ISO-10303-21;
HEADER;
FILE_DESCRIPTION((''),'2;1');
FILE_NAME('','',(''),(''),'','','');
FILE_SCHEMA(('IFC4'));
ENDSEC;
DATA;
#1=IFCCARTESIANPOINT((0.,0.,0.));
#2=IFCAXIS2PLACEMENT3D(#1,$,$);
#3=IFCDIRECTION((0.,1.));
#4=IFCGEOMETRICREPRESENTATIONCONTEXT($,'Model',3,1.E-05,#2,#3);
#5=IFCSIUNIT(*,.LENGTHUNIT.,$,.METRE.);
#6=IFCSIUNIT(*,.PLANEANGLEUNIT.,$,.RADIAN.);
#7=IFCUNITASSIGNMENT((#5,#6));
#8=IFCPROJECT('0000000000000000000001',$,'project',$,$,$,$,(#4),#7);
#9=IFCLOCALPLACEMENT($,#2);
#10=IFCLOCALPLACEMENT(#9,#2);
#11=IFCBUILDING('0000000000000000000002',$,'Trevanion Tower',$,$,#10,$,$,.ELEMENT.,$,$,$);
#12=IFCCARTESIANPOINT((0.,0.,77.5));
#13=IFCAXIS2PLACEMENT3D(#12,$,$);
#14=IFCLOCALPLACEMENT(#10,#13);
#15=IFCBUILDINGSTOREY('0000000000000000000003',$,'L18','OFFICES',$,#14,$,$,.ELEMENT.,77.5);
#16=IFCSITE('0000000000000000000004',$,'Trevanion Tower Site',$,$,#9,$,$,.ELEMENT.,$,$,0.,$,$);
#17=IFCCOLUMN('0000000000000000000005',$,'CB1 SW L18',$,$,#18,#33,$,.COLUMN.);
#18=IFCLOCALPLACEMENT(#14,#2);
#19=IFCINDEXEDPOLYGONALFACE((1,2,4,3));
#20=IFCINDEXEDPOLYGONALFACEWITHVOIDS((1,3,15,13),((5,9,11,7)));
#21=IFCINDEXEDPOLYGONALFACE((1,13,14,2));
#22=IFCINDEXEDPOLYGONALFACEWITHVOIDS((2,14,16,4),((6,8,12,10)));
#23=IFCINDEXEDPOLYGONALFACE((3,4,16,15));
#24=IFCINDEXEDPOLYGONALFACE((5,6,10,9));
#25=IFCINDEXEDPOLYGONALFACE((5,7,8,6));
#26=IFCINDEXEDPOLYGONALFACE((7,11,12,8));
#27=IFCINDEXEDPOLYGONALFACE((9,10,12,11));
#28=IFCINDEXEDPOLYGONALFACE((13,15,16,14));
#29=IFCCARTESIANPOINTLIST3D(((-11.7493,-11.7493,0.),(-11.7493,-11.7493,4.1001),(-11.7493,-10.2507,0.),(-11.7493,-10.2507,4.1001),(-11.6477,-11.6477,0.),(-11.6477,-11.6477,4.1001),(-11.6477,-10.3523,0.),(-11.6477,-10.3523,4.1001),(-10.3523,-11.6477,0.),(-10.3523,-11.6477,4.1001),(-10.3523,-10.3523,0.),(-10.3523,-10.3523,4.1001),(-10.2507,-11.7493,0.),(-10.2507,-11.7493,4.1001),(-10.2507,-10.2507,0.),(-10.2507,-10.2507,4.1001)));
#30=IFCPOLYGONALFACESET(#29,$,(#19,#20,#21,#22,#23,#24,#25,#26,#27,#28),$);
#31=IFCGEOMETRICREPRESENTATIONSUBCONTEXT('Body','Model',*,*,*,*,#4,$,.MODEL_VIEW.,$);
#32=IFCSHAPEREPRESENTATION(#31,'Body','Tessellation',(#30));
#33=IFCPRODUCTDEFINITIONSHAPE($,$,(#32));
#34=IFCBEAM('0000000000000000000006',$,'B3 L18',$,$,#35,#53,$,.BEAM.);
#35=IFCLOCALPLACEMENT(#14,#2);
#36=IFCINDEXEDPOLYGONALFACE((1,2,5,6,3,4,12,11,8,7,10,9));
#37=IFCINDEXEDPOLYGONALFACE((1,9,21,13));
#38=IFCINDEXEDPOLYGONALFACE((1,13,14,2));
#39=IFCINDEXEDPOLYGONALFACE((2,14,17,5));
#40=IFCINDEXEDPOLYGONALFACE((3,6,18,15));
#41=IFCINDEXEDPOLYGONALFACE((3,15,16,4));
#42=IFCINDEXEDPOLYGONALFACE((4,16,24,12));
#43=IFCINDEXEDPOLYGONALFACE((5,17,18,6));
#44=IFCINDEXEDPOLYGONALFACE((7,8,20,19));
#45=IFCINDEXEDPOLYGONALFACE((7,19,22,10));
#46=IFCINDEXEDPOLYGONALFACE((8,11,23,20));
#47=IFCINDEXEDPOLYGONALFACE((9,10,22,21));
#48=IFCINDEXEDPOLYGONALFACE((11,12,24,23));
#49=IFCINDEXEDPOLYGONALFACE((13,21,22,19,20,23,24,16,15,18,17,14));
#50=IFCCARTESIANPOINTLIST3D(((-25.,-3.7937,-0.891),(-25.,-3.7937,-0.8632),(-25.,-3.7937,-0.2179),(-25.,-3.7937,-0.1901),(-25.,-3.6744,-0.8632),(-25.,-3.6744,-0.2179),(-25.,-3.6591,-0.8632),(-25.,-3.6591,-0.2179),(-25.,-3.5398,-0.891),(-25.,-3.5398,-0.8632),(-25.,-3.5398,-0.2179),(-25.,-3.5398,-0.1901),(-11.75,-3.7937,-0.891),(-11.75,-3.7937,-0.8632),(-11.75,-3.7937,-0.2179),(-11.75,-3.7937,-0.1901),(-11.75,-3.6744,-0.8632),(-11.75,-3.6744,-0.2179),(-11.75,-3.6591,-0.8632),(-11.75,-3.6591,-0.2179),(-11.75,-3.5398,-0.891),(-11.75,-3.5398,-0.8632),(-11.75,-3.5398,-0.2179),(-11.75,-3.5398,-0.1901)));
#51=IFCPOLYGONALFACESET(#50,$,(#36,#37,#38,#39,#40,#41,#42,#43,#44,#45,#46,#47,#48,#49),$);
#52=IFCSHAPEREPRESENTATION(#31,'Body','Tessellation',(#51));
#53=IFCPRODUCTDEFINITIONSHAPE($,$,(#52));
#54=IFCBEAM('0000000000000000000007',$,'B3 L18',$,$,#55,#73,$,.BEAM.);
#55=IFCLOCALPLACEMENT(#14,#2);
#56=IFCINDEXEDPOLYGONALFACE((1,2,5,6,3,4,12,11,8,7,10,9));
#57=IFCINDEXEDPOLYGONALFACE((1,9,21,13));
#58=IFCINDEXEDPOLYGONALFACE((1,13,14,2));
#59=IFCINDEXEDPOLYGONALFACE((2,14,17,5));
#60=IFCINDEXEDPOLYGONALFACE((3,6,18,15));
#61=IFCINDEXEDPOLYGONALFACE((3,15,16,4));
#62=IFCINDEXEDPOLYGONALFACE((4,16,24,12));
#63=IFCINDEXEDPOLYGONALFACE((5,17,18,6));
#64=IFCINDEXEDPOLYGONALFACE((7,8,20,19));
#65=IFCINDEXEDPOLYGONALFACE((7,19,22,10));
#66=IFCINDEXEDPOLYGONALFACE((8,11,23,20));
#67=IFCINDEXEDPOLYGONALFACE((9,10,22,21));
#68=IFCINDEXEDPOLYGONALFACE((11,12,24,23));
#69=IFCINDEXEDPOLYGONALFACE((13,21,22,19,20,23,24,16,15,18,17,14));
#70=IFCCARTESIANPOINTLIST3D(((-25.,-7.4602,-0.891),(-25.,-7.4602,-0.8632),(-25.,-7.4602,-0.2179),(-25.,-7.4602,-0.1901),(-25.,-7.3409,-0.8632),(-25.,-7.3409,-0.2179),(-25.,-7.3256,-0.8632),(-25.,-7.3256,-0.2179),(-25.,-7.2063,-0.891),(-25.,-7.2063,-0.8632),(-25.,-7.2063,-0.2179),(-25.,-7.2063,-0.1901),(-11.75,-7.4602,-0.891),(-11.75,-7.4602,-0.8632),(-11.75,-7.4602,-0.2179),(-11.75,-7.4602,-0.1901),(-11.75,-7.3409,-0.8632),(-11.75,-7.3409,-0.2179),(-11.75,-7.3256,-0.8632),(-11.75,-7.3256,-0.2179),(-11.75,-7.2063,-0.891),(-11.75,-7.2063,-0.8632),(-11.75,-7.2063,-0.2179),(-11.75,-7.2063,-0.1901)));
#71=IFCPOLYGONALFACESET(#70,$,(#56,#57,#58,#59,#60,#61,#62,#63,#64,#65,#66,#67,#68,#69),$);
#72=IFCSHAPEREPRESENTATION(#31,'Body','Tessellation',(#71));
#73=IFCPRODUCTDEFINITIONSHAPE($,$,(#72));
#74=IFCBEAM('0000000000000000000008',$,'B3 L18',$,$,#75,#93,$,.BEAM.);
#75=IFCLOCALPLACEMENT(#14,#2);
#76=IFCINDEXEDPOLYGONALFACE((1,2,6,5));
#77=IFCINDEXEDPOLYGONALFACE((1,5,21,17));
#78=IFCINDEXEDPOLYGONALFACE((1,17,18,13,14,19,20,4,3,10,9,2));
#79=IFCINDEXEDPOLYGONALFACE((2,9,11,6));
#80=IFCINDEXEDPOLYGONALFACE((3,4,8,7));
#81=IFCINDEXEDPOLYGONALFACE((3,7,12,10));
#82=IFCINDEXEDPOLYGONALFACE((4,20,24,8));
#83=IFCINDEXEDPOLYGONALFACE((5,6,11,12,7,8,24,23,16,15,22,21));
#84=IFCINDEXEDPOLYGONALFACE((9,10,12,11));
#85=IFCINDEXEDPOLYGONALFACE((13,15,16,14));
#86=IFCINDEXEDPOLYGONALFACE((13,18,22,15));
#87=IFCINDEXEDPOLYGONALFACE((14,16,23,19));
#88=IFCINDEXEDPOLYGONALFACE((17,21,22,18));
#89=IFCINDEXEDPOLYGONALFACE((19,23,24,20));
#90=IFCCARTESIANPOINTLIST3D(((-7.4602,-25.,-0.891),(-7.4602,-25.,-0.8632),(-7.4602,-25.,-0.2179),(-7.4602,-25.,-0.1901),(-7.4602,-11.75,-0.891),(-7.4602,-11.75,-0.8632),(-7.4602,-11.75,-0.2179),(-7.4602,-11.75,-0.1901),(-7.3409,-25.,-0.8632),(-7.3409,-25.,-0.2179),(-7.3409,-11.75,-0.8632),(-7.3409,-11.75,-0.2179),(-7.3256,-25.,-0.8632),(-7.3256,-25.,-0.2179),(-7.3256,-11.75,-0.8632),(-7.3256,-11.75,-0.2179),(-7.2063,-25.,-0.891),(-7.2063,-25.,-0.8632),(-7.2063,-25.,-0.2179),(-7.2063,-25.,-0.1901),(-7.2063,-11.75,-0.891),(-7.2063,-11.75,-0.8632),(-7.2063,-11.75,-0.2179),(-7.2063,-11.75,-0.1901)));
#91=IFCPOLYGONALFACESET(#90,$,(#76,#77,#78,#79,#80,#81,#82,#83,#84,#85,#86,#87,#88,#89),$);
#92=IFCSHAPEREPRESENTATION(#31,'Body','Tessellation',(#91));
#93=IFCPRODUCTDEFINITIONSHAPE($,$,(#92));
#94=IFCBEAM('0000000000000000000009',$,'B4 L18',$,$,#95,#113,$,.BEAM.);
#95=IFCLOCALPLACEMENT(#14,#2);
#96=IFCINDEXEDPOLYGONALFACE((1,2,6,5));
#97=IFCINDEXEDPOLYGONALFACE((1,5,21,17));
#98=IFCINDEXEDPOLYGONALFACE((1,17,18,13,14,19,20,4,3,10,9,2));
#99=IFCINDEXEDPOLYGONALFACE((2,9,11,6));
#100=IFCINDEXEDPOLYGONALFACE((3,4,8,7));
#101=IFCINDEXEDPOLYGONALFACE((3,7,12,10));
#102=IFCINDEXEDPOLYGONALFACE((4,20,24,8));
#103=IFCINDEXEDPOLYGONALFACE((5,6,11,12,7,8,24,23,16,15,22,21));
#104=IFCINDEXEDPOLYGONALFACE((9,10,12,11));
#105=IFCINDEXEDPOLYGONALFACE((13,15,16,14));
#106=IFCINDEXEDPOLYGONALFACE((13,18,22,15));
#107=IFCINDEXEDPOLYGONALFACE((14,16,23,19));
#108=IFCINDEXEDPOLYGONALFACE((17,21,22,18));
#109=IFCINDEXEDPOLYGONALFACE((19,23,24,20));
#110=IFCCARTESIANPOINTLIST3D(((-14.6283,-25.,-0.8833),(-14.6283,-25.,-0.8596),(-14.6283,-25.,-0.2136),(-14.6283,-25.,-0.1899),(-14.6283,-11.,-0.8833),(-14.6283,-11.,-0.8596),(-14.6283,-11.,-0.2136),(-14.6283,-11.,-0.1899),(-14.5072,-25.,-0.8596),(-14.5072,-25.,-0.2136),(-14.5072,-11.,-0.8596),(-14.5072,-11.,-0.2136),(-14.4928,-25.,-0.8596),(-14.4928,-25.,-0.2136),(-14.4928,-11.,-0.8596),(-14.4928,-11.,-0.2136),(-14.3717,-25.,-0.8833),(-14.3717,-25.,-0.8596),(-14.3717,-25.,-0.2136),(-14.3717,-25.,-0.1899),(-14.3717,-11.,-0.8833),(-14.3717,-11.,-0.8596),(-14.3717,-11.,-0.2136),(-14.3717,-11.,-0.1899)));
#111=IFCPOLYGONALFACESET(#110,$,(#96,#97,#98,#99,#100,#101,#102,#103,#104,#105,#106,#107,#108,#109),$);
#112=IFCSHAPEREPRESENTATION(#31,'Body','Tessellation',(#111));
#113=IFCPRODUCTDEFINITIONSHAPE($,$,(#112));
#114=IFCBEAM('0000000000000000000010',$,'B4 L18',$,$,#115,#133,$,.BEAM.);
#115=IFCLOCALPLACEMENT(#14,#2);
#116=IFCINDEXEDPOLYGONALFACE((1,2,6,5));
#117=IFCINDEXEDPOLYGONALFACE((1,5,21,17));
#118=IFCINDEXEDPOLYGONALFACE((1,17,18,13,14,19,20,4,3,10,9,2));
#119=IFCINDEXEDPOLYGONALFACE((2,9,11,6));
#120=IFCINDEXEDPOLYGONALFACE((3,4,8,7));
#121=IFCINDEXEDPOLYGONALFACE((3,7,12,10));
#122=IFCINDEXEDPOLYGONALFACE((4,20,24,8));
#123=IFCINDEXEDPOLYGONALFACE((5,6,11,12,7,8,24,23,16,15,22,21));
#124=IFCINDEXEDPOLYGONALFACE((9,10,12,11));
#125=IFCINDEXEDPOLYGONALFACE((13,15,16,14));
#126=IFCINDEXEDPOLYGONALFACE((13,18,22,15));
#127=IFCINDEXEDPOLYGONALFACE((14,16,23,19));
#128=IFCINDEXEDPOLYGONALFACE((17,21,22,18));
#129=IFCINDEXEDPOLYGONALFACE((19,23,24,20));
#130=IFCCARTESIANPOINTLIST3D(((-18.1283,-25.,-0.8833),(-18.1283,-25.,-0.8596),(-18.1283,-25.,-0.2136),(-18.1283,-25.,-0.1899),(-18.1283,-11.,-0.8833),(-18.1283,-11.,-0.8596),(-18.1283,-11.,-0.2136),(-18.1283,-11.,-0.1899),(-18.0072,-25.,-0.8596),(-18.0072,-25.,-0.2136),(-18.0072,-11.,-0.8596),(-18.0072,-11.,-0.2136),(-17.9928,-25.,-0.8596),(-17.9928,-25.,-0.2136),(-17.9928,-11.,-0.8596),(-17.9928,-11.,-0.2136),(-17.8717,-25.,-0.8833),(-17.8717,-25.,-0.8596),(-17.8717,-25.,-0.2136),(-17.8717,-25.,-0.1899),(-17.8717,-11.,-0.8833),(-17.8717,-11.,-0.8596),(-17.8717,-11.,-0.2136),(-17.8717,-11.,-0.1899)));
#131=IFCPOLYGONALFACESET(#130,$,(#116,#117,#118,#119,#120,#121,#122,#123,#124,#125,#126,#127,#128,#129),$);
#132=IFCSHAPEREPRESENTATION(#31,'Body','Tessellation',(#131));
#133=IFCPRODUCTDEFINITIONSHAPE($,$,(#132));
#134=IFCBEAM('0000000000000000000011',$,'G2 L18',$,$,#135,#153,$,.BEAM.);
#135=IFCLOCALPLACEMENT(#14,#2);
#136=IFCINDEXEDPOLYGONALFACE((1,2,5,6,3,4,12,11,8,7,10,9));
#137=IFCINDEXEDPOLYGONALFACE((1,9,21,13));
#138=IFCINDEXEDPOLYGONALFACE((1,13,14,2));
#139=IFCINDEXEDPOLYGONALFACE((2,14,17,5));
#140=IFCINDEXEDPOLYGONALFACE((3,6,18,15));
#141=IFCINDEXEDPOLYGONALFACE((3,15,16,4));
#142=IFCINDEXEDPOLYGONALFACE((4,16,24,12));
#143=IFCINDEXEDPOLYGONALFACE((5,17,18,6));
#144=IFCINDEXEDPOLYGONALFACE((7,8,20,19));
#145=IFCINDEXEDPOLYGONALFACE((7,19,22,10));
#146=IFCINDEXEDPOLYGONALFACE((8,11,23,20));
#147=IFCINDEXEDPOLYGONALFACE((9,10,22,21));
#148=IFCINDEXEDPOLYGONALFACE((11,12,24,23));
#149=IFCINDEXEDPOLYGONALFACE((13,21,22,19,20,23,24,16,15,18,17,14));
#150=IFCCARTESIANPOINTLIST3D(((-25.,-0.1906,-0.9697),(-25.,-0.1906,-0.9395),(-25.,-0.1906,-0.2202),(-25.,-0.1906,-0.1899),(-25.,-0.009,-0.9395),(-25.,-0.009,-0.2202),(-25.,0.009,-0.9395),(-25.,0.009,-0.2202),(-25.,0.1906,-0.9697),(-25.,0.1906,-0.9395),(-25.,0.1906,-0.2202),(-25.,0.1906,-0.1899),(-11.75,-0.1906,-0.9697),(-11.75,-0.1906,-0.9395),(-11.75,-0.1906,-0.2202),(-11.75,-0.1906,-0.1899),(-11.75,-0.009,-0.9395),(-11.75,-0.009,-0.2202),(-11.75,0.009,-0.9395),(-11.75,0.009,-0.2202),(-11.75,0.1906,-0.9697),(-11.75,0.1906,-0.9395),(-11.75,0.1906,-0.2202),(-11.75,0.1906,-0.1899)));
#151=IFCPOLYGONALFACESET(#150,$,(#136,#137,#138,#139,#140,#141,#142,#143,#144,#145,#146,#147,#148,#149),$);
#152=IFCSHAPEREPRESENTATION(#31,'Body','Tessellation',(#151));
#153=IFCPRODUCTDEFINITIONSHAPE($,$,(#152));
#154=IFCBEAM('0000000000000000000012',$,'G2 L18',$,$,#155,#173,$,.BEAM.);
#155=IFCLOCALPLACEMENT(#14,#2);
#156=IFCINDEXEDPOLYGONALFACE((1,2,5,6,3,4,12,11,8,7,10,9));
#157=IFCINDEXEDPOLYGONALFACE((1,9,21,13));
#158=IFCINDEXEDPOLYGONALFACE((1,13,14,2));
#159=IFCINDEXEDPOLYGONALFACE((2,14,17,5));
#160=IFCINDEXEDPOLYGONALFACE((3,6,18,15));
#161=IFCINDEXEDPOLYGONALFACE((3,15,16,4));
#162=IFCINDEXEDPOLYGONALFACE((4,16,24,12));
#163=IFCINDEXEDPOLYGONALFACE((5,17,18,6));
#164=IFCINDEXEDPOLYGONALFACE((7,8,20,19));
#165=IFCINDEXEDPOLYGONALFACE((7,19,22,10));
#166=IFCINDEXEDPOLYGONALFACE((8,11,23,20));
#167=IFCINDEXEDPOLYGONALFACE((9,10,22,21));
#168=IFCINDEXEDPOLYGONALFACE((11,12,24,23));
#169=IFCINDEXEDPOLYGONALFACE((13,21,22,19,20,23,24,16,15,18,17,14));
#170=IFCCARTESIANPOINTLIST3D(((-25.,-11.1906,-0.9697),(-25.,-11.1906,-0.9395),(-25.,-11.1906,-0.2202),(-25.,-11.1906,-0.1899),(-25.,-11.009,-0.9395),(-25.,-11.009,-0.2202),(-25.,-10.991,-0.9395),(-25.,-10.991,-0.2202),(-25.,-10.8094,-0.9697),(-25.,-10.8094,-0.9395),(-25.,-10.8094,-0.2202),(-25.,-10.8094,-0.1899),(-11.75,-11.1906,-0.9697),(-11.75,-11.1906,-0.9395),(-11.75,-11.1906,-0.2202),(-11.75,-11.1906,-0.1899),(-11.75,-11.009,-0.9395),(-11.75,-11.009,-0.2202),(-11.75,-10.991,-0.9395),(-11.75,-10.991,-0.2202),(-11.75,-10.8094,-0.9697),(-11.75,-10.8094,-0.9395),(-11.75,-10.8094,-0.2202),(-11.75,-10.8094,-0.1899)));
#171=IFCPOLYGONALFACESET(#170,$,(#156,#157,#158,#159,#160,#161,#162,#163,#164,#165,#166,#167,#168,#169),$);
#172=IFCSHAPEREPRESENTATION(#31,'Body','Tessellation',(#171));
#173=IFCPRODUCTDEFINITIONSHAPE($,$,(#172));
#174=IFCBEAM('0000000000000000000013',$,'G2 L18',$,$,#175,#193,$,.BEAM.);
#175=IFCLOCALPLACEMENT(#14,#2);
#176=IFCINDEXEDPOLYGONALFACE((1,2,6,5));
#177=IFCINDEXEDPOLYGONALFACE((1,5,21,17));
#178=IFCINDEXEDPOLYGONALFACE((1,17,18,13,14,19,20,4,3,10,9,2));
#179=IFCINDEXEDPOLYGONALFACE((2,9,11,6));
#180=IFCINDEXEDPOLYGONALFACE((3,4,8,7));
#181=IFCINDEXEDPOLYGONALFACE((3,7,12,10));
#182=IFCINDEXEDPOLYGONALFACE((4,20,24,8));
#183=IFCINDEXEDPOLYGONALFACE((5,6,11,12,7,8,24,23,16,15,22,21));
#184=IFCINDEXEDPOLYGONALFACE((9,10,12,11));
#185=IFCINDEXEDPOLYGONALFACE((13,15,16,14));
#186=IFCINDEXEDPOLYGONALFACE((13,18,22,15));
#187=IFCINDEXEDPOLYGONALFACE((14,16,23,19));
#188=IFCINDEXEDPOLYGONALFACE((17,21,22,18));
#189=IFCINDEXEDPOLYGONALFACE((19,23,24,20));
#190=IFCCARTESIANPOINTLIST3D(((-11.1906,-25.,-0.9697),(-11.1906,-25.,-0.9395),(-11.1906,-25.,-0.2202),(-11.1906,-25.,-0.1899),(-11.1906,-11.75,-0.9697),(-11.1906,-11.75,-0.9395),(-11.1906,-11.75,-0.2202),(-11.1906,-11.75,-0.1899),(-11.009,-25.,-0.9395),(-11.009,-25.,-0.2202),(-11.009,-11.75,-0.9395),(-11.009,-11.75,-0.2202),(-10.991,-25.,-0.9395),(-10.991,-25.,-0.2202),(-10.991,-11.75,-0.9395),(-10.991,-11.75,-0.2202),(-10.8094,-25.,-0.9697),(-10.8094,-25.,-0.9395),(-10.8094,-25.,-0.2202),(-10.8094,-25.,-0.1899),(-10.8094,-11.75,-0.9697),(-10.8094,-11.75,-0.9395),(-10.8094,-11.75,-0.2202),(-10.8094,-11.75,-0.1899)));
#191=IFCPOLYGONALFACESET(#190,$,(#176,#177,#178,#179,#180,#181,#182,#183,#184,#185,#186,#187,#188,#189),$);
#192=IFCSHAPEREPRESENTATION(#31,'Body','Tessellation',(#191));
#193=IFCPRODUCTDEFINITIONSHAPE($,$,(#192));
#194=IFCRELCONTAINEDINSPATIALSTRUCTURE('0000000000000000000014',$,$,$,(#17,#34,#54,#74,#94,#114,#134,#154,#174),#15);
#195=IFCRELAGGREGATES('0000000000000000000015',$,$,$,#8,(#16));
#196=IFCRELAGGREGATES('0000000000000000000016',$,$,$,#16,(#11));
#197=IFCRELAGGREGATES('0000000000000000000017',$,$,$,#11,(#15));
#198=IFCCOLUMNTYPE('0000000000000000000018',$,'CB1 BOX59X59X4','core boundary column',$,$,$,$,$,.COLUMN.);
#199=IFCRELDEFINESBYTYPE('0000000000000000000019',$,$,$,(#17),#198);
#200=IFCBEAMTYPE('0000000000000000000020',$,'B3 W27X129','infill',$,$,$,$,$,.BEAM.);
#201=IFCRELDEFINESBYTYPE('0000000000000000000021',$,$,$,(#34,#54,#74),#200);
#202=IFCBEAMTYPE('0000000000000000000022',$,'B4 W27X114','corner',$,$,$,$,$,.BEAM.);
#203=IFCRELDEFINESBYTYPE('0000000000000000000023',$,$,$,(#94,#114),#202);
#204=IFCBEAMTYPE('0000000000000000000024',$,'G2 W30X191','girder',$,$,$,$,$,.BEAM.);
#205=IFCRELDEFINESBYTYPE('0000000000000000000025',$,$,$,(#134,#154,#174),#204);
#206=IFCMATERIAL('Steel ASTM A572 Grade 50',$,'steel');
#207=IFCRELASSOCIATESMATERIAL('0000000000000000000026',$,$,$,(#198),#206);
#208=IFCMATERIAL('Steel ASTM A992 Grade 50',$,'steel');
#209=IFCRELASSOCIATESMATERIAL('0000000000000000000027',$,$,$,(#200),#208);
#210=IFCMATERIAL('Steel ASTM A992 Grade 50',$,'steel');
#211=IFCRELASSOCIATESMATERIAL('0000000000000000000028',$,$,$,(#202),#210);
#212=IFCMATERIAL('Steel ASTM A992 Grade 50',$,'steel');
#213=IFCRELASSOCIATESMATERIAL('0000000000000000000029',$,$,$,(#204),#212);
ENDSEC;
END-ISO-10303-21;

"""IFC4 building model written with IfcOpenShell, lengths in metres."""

from ifc_helpers import new_model, si_unit, direction, frame, origin, origin_2d, place, context, subcontext, project, spatial, hollow_rectangle, i_section, extrude, material, material_profile, profile_set, type_object, element, save


model = new_model("IFC4")

# Units and contexts
model_context = context("Model", 3, precision=1e-05, world=origin(), true_north=direction((0.0, 1.0)))
body_context = subcontext(model_context, "Body", "Model", "MODEL_VIEW")
ifc_project = project(units=[si_unit("LENGTHUNIT", "METRE"), si_unit("PLANEANGLEUNIT", "RADIAN")], contexts=[model_context])

# Site, building, storey
site_placement = place(None, origin())
site = spatial("IfcSite", under=ifc_project, at=site_placement, Name="Trevanion Tower Site", CompositionType="ELEMENT", RefElevation=0.0)
building_placement = place(site_placement, origin())
building = spatial("IfcBuilding", under=site, at=building_placement, Name="Trevanion Tower", CompositionType="ELEMENT")
storey_placement = place(building_placement, frame((0.0, 0.0, 77.5)))
storey = spatial("IfcBuildingStorey", under=building, at=storey_placement, Name="L18", Description="OFFICES", CompositionType="ELEMENT", Elevation=77.5)

# Column
ifc_material_1 = material(Name="Steel ASTM A572 Grade 50", Category="steel")
ifc_material_profile_1 = material_profile(ifc_material_1, hollow_rectangle(XDim=1.4985, YDim=1.4985, WallThickness=0.1016, at=origin_2d()), Name="BOX59X59X4")
ifc_profile_set_1 = profile_set([ifc_material_profile_1], Name="Steel ASTM A572 Grade 50")
column_type = type_object("IfcColumnType", Name="CB1 BOX59X59X4", Description="core boundary column", PredefinedType="COLUMN", material=ifc_profile_set_1)
column_placement = place(storey_placement, frame((-11.0, -11.0, 0.0), z_axis=(0.0, 0.0, 1.0), x_axis=(1.0, 0.0, 0.0)))
element("IfcColumn", 1, at=column_placement, inside=storey, type_object=column_type, Name="CB1 SW L18", PredefinedType="COLUMN", context=body_context, shape_type="SweptSolid", body=[
    extrude(hollow_rectangle(XDim=1.4985, YDim=1.4985, WallThickness=0.1016, at=origin_2d()), origin(), (0.0, 0.0, 1.0), 4.1001),
])

# Beams
ifc_material_2 = material(Name="Steel ASTM A992 Grade 50", Category="steel")
ifc_material_profile_2 = material_profile(ifc_material_2, i_section(OverallWidth=0.2539, OverallDepth=0.7009, WebThickness=0.0154, FlangeThickness=0.0278, at=origin_2d()), Name="W27X129")
ifc_profile_set_2 = profile_set([ifc_material_profile_2], Name="Steel ASTM A992 Grade 50")
beam_type_1 = type_object("IfcBeamType", Name="B3 W27X129", Description="infill", PredefinedType="BEAM", material=ifc_profile_set_2)
for number, where, z_axis, x_axis, name in (
    (2, (-11.75, -3.6667, -0.5405), (-1.0, 0.0, 0.0), (0.0, -1.0, 0.0), "B3 L18"),
    (3, (-11.75, -7.3333, -0.5405), (-1.0, 0.0, 0.0), (0.0, -1.0, 0.0), "B3 L18"),
    (4, (-7.3333, -11.75, -0.5405), (0.0, -1.0, 0.0), (1.0, 0.0, 0.0), "B3 L18"),
):
    element("IfcBeam", number, at=place(storey_placement, frame(where, z_axis=z_axis, x_axis=x_axis)), inside=storey, type_object=beam_type_1, Name=name, PredefinedType="BEAM", context=body_context, shape_type="SweptSolid", body=[
        extrude(i_section(OverallWidth=0.2539, OverallDepth=0.7009, WebThickness=0.0154, FlangeThickness=0.0278, at=origin_2d()), origin(), (0.0, 0.0, 1.0), 13.25),
    ])
ifc_material_3 = material(Name="Steel ASTM A992 Grade 50", Category="steel")
ifc_material_profile_3 = material_profile(ifc_material_3, i_section(OverallWidth=0.2566, OverallDepth=0.6934, WebThickness=0.0144, FlangeThickness=0.0237, at=origin_2d()), Name="W27X114")
ifc_profile_set_3 = profile_set([ifc_material_profile_3], Name="Steel ASTM A992 Grade 50")
beam_type_2 = type_object("IfcBeamType", Name="B4 W27X114", Description="corner", PredefinedType="BEAM", material=ifc_profile_set_3)
for number, where, z_axis, x_axis, name in (
    (5, (-14.5, -11.0, -0.5366), (0.0, -1.0, 0.0), (1.0, 0.0, 0.0), "B4 L18"),
    (6, (-18.0, -11.0, -0.5366), (0.0, -1.0, 0.0), (1.0, 0.0, 0.0), "B4 L18"),
):
    element("IfcBeam", number, at=place(storey_placement, frame(where, z_axis=z_axis, x_axis=x_axis)), inside=storey, type_object=beam_type_2, Name=name, PredefinedType="BEAM", context=body_context, shape_type="SweptSolid", body=[
        extrude(i_section(OverallWidth=0.2566, OverallDepth=0.6934, WebThickness=0.0144, FlangeThickness=0.0237, at=origin_2d()), origin(), (0.0, 0.0, 1.0), 14.0),
    ])
ifc_material_4 = material(Name="Steel ASTM A992 Grade 50", Category="steel")
ifc_material_profile_4 = material_profile(ifc_material_4, i_section(OverallWidth=0.3811, OverallDepth=0.7798, WebThickness=0.0181, FlangeThickness=0.0303, at=origin_2d()), Name="W30X191")
ifc_profile_set_4 = profile_set([ifc_material_profile_4], Name="Steel ASTM A992 Grade 50")
beam_type_3 = type_object("IfcBeamType", Name="G2 W30X191", Description="girder", PredefinedType="BEAM", material=ifc_profile_set_4)
for number, where, z_axis, x_axis, name in (
    (7, (-11.75, 0.0, -0.5798), (-1.0, 0.0, 0.0), (0.0, -1.0, 0.0), "G2 L18"),
    (8, (-11.75, -11.0, -0.5798), (-1.0, 0.0, 0.0), (0.0, -1.0, 0.0), "G2 L18"),
    (9, (-11.0, -11.75, -0.5798), (0.0, -1.0, 0.0), (1.0, 0.0, 0.0), "G2 L18"),
):
    element("IfcBeam", number, at=place(storey_placement, frame(where, z_axis=z_axis, x_axis=x_axis)), inside=storey, type_object=beam_type_3, Name=name, PredefinedType="BEAM", context=body_context, shape_type="SweptSolid", body=[
        extrude(i_section(OverallWidth=0.3811, OverallDepth=0.7798, WebThickness=0.0181, FlangeThickness=0.0303, at=origin_2d()), origin(), (0.0, 0.0, 1.0), 13.25),
    ])

save(model, "model.ifc")
